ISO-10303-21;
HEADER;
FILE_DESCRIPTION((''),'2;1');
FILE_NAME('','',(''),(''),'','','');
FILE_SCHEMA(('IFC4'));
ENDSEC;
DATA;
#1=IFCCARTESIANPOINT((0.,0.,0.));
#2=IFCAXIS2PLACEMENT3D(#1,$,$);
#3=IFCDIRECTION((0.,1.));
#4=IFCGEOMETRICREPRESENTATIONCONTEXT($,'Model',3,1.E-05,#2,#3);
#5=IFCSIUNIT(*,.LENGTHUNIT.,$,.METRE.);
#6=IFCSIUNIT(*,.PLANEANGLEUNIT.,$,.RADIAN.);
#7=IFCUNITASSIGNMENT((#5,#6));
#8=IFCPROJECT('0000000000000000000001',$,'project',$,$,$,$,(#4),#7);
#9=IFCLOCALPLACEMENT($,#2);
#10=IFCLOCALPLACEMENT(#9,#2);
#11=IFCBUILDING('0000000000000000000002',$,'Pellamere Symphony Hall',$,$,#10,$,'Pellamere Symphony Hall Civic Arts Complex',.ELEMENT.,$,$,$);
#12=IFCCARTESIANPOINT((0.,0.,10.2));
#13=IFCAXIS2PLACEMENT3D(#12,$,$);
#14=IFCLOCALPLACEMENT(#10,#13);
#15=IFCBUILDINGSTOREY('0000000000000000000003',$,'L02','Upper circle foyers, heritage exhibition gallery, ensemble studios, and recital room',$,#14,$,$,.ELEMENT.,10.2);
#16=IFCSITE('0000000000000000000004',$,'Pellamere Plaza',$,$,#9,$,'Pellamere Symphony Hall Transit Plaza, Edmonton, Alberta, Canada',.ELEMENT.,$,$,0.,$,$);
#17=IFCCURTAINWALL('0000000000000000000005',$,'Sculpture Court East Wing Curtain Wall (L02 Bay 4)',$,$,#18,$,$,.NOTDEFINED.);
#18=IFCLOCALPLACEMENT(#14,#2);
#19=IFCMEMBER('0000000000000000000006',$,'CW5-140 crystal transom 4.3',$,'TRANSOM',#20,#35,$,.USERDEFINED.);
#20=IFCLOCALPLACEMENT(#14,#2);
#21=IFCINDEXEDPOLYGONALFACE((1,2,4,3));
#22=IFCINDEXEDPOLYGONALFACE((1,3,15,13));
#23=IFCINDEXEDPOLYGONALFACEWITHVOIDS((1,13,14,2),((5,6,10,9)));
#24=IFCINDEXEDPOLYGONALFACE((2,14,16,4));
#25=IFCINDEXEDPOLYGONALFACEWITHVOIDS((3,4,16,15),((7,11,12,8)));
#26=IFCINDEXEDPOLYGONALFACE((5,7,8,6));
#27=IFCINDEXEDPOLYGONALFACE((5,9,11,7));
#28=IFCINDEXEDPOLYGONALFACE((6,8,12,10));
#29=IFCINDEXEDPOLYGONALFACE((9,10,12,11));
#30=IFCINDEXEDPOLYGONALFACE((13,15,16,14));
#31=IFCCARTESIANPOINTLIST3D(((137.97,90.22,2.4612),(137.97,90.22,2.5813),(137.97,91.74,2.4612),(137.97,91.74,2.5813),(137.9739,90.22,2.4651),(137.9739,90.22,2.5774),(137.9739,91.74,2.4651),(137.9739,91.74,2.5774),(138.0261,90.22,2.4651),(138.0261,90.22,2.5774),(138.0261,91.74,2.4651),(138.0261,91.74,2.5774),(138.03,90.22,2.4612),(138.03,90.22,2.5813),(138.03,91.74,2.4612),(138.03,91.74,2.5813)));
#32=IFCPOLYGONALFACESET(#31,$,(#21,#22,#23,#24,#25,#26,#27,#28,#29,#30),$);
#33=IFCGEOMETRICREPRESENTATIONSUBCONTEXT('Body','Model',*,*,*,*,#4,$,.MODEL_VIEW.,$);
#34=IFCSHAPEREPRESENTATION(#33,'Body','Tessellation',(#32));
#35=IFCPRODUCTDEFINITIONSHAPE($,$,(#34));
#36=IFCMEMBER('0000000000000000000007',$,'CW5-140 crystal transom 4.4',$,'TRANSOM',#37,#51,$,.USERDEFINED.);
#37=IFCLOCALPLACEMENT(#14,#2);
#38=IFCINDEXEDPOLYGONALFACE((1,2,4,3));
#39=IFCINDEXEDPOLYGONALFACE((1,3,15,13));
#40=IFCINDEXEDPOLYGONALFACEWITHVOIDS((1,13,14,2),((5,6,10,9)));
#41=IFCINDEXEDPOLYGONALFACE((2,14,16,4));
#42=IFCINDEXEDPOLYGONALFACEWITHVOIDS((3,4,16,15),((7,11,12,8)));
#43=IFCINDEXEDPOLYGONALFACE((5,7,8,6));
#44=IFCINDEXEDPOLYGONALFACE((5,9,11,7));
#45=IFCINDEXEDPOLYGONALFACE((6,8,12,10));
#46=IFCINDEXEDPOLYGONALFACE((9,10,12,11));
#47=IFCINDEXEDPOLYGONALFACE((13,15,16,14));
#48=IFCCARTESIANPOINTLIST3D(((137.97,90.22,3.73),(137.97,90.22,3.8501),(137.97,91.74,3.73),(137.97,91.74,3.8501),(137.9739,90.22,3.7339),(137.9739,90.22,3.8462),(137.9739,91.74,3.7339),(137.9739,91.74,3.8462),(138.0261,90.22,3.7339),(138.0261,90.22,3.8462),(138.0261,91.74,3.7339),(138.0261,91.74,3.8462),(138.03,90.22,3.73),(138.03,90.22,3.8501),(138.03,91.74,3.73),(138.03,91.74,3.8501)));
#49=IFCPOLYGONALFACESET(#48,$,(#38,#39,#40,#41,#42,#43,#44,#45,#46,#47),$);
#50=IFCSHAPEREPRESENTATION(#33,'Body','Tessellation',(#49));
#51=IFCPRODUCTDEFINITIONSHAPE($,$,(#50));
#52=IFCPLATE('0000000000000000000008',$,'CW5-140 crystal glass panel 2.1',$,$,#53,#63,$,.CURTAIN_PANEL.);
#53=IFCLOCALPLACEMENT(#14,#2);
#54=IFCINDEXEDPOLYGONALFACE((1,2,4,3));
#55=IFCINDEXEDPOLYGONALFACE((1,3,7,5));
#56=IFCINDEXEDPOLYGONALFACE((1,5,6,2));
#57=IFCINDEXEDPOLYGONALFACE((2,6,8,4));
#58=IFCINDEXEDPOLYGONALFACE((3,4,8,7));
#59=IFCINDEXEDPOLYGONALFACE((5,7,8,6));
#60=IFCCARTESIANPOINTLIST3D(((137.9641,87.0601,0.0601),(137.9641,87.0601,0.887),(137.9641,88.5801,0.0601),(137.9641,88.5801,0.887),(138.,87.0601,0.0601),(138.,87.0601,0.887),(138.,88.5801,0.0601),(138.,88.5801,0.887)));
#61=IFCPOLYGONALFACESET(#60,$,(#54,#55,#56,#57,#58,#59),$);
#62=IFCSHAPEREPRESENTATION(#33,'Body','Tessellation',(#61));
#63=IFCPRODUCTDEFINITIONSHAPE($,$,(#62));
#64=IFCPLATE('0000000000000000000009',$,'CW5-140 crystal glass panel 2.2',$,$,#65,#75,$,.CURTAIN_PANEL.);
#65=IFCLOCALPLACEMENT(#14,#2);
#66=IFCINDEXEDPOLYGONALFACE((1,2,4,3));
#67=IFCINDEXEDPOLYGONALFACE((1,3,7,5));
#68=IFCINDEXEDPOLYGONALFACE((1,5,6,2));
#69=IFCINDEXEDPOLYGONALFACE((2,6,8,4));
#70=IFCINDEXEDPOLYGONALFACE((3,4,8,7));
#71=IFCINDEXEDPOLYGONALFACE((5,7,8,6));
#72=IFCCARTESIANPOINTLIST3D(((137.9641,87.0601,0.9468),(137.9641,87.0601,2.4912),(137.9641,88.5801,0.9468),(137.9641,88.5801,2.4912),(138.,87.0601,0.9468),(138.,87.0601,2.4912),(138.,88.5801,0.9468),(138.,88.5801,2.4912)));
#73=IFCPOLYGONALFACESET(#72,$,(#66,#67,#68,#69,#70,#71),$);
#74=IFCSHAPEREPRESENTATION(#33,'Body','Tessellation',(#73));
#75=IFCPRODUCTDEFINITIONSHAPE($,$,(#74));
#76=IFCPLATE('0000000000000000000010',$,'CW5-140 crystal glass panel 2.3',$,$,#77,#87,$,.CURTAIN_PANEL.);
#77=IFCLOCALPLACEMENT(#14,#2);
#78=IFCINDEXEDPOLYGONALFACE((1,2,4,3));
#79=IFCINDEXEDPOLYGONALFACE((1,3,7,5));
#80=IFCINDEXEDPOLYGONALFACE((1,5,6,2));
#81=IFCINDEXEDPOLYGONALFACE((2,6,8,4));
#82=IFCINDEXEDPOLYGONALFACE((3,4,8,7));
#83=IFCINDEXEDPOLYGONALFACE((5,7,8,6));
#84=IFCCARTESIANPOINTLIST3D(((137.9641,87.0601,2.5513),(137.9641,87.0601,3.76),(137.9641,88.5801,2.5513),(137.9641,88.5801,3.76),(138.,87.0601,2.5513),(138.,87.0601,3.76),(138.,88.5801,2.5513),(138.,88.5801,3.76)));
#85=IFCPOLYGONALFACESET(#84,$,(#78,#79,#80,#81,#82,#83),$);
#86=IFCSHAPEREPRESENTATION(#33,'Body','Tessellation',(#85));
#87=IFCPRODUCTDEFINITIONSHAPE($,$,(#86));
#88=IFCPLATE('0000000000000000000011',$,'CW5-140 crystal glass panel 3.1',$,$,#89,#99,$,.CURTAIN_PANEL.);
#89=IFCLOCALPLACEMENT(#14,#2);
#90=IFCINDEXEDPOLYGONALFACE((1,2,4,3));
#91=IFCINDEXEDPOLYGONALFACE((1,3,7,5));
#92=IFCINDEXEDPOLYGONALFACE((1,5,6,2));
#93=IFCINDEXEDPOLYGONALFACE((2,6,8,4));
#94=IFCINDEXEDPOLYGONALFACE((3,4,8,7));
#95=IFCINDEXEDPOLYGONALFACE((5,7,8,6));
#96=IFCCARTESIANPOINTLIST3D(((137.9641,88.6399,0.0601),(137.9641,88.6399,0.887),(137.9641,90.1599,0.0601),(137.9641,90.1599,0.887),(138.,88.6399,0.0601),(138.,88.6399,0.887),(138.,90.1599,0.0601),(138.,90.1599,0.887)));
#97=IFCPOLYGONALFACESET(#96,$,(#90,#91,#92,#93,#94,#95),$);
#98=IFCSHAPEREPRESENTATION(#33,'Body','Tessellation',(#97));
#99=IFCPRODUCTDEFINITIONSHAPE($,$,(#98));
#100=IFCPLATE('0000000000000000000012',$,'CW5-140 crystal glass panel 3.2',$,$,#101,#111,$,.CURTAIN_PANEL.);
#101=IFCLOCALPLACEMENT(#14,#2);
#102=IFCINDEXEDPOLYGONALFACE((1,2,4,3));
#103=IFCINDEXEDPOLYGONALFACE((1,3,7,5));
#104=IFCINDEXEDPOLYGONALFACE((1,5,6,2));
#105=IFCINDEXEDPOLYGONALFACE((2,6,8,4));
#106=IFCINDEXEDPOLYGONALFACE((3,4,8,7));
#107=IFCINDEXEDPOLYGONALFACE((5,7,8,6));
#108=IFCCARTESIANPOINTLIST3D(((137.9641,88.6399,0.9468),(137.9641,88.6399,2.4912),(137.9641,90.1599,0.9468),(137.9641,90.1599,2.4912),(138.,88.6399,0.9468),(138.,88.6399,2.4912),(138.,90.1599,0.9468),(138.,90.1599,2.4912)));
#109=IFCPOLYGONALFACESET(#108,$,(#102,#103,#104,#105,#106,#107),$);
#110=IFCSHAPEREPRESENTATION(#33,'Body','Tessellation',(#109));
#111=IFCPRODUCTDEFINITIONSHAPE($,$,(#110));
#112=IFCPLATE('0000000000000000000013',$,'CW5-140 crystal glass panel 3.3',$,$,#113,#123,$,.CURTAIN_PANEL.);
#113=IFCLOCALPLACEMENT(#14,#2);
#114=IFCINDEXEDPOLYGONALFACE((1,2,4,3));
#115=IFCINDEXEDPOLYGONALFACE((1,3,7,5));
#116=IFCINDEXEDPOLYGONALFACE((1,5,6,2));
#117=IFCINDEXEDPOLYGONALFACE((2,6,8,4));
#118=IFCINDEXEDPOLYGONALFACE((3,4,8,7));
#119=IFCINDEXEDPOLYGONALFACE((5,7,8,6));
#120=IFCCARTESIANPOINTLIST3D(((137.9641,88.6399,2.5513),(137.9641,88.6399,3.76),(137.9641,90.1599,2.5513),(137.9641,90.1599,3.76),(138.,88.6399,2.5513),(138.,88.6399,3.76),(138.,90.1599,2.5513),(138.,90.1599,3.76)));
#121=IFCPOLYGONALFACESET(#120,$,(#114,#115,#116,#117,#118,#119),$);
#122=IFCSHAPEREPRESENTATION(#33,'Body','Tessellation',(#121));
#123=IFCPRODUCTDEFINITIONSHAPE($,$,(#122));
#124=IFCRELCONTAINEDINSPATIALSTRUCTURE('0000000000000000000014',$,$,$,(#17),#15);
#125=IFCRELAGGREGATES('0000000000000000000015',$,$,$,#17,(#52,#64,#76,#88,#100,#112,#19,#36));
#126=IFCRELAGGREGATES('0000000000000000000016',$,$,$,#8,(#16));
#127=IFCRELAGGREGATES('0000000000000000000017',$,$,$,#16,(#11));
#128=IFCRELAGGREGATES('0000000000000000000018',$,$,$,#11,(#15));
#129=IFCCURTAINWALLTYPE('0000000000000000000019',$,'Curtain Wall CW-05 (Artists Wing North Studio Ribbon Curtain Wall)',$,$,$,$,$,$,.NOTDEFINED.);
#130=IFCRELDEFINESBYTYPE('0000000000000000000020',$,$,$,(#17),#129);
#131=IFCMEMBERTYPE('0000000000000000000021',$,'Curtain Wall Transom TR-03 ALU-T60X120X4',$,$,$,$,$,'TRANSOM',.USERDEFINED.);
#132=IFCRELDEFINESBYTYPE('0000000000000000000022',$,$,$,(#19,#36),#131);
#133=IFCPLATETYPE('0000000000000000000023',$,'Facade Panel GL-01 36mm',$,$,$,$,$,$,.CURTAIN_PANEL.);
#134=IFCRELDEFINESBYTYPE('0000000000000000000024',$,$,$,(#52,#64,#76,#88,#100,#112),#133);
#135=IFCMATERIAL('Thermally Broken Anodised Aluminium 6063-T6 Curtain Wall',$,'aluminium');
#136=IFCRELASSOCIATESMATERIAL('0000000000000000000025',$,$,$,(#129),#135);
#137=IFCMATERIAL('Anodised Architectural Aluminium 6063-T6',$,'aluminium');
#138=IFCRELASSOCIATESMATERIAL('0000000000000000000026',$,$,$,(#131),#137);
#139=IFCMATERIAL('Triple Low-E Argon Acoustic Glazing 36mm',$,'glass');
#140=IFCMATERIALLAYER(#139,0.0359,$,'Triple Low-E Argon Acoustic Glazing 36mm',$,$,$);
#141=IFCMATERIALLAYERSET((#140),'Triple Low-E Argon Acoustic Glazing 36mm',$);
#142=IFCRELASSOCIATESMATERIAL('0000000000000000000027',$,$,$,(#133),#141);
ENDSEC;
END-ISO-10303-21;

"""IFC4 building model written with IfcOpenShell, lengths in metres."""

from ifc_helpers import new_model, si_unit, direction, frame, origin, origin_2d, place, context, subcontext, project, spatial, polyline, hollow_rectangle, outline, extrude, material, layer, layer_set, material_profile, profile_set, type_object, element, aggregate, save


model = new_model("IFC4")

# Units and contexts
model_context = context("Model", 3, precision=1e-05, world=origin(), true_north=direction((0.0, 1.0)))
body_context = subcontext(model_context, "Body", "Model", "MODEL_VIEW")
ifc_project = project(units=[si_unit("LENGTHUNIT", "METRE"), si_unit("PLANEANGLEUNIT", "RADIAN")], contexts=[model_context])

# Site, building, storey
site_placement = place(None, origin())
site = spatial("IfcSite", under=ifc_project, at=site_placement, Name="Pellamere Plaza", LongName="Pellamere Symphony Hall Transit Plaza, Edmonton, Alberta, Canada", CompositionType="ELEMENT", RefElevation=0.0)
building_placement = place(site_placement, origin())
building = spatial("IfcBuilding", under=site, at=building_placement, Name="Pellamere Symphony Hall", LongName="Pellamere Symphony Hall Civic Arts Complex", CompositionType="ELEMENT")
storey_placement = place(building_placement, frame((0.0, 0.0, 10.2)))
storey = spatial("IfcBuildingStorey", under=building, at=storey_placement, Name="L02", Description="Upper circle foyers, heritage exhibition gallery, ensemble studios, and recital room", CompositionType="ELEMENT", Elevation=10.2)

# Curtain wall, members, plates
ifc_material_1 = material(Name="Thermally Broken Anodised Aluminium 6063-T6 Curtain Wall", Category="aluminium")
curtain_wall_type = type_object("IfcCurtainWallType", Name="Curtain Wall CW-05 (Artists Wing North Studio Ribbon Curtain Wall)", PredefinedType="NOTDEFINED", material=ifc_material_1)
curtain_wall_placement = place(storey_placement, origin())
curtain_wall = element("IfcCurtainWall", 1, at=curtain_wall_placement, inside=storey, type_object=curtain_wall_type, Name="Sculpture Court East Wing Curtain Wall (L02 Bay 4)", PredefinedType="NOTDEFINED")
ifc_material_2 = material(Name="Anodised Architectural Aluminium 6063-T6", Category="aluminium")
ifc_material_profile_1 = material_profile(ifc_material_2, hollow_rectangle(XDim=0.0601, YDim=0.1201, WallThickness=0.0039, at=origin_2d()), Name="ALU-T60X120X4")
ifc_profile_set_1 = profile_set([ifc_material_profile_1], Name="Anodised Architectural Aluminium 6063-T6")
member_type_1 = type_object("IfcMemberType", Name="Curtain Wall Transom TR-03 ALU-T60X120X4", ElementType="TRANSOM", PredefinedType="USERDEFINED", material=ifc_profile_set_1)
member_1_placement = place(storey_placement, frame((138.0, 90.22, 2.5212), z_axis=(0.0, 1.0, 0.0), x_axis=(-1.0, 0.0, 0.0)))
member_1 = element("IfcMember", 2, at=member_1_placement, type_object=member_type_1, Name="CW5-140 crystal transom 4.3", ObjectType="TRANSOM", PredefinedType="USERDEFINED", context=body_context, shape_type="SweptSolid", body=[
    extrude(hollow_rectangle(XDim=0.0601, YDim=0.1201, WallThickness=0.0039, at=origin_2d()), origin(), (0.0, 0.0, 1.0), 1.52),
])
member_2_placement = place(storey_placement, frame((138.0, 90.22, 3.79), z_axis=(0.0, 1.0, 0.0), x_axis=(-1.0, 0.0, 0.0)))
member_2 = element("IfcMember", 3, at=member_2_placement, type_object=member_type_1, Name="CW5-140 crystal transom 4.4", ObjectType="TRANSOM", PredefinedType="USERDEFINED", context=body_context, shape_type="SweptSolid", body=[
    extrude(hollow_rectangle(XDim=0.0601, YDim=0.1201, WallThickness=0.0039, at=origin_2d()), origin(), (0.0, 0.0, 1.0), 1.52),
])
ifc_material_3 = material(Name="Triple Low-E Argon Acoustic Glazing 36mm", Category="glass")
ifc_layer = layer(ifc_material_3, 0.0359, Name="Triple Low-E Argon Acoustic Glazing 36mm")
ifc_layer_set = layer_set([ifc_layer], Name="Triple Low-E Argon Acoustic Glazing 36mm")
plate_type = type_object("IfcPlateType", Name="Facade Panel GL-01 36mm", PredefinedType="CURTAIN_PANEL", material=ifc_layer_set)
plate_1_placement = place(storey_placement, frame((138.0, 87.0601, 0.0601), z_axis=(1.0, 0.0, 0.0), x_axis=(0.0, 1.0, 0.0)))
plate_1 = element("IfcPlate", 4, at=plate_1_placement, type_object=plate_type, Name="CW5-140 crystal glass panel 2.1", PredefinedType="CURTAIN_PANEL", context=body_context, shape_type="SweptSolid", body=[
    extrude(outline(polyline([(0.0, 0.0), (1.52, 0.0), (1.52, 0.8269), (0.0, 0.8269), (0.0, 0.0)])), origin(), (0.0, 0.0, -1.0), 0.0359),
])
plate_2_placement = place(storey_placement, frame((138.0, 87.0601, 0.9468), z_axis=(1.0, 0.0, 0.0), x_axis=(0.0, 1.0, 0.0)))
plate_2 = element("IfcPlate", 5, at=plate_2_placement, type_object=plate_type, Name="CW5-140 crystal glass panel 2.2", PredefinedType="CURTAIN_PANEL", context=body_context, shape_type="SweptSolid", body=[
    extrude(outline(polyline([(0.0, 0.0), (1.52, 0.0), (1.52, 1.5444), (0.0, 1.5444), (0.0, 0.0)])), origin(), (0.0, 0.0, -1.0), 0.0359),
])
plate_3_placement = place(storey_placement, frame((138.0, 87.0601, 2.5513), z_axis=(1.0, 0.0, 0.0), x_axis=(0.0, 1.0, 0.0)))
plate_3 = element("IfcPlate", 6, at=plate_3_placement, type_object=plate_type, Name="CW5-140 crystal glass panel 2.3", PredefinedType="CURTAIN_PANEL", context=body_context, shape_type="SweptSolid", body=[
    extrude(outline(polyline([(0.0, 0.0), (1.52, 0.0), (1.52, 1.2087), (0.0, 1.2087), (0.0, 0.0)])), origin(), (0.0, 0.0, -1.0), 0.0359),
])
plate_4_placement = place(storey_placement, frame((138.0, 88.6399, 0.0601), z_axis=(1.0, 0.0, 0.0), x_axis=(0.0, 1.0, 0.0)))
plate_4 = element("IfcPlate", 7, at=plate_4_placement, type_object=plate_type, Name="CW5-140 crystal glass panel 3.1", PredefinedType="CURTAIN_PANEL", context=body_context, shape_type="SweptSolid", body=[
    extrude(outline(polyline([(0.0, 0.0), (1.52, 0.0), (1.52, 0.8269), (0.0, 0.8269), (0.0, 0.0)])), origin(), (0.0, 0.0, -1.0), 0.0359),
])
plate_5_placement = place(storey_placement, frame((138.0, 88.6399, 0.9468), z_axis=(1.0, 0.0, 0.0), x_axis=(0.0, 1.0, 0.0)))
plate_5 = element("IfcPlate", 8, at=plate_5_placement, type_object=plate_type, Name="CW5-140 crystal glass panel 3.2", PredefinedType="CURTAIN_PANEL", context=body_context, shape_type="SweptSolid", body=[
    extrude(outline(polyline([(0.0, 0.0), (1.52, 0.0), (1.52, 1.5444), (0.0, 1.5444), (0.0, 0.0)])), origin(), (0.0, 0.0, -1.0), 0.0359),
])
plate_6_placement = place(storey_placement, frame((138.0, 88.6399, 2.5513), z_axis=(1.0, 0.0, 0.0), x_axis=(0.0, 1.0, 0.0)))
plate_6 = element("IfcPlate", 9, at=plate_6_placement, type_object=plate_type, Name="CW5-140 crystal glass panel 3.3", PredefinedType="CURTAIN_PANEL", context=body_context, shape_type="SweptSolid", body=[
    extrude(outline(polyline([(0.0, 0.0), (1.52, 0.0), (1.52, 1.2087), (0.0, 1.2087), (0.0, 0.0)])), origin(), (0.0, 0.0, -1.0), 0.0359),
])
aggregate(curtain_wall, [plate_1, plate_2, plate_3, plate_4, plate_5, plate_6, member_1, member_2])

save(model, "model.ifc")
